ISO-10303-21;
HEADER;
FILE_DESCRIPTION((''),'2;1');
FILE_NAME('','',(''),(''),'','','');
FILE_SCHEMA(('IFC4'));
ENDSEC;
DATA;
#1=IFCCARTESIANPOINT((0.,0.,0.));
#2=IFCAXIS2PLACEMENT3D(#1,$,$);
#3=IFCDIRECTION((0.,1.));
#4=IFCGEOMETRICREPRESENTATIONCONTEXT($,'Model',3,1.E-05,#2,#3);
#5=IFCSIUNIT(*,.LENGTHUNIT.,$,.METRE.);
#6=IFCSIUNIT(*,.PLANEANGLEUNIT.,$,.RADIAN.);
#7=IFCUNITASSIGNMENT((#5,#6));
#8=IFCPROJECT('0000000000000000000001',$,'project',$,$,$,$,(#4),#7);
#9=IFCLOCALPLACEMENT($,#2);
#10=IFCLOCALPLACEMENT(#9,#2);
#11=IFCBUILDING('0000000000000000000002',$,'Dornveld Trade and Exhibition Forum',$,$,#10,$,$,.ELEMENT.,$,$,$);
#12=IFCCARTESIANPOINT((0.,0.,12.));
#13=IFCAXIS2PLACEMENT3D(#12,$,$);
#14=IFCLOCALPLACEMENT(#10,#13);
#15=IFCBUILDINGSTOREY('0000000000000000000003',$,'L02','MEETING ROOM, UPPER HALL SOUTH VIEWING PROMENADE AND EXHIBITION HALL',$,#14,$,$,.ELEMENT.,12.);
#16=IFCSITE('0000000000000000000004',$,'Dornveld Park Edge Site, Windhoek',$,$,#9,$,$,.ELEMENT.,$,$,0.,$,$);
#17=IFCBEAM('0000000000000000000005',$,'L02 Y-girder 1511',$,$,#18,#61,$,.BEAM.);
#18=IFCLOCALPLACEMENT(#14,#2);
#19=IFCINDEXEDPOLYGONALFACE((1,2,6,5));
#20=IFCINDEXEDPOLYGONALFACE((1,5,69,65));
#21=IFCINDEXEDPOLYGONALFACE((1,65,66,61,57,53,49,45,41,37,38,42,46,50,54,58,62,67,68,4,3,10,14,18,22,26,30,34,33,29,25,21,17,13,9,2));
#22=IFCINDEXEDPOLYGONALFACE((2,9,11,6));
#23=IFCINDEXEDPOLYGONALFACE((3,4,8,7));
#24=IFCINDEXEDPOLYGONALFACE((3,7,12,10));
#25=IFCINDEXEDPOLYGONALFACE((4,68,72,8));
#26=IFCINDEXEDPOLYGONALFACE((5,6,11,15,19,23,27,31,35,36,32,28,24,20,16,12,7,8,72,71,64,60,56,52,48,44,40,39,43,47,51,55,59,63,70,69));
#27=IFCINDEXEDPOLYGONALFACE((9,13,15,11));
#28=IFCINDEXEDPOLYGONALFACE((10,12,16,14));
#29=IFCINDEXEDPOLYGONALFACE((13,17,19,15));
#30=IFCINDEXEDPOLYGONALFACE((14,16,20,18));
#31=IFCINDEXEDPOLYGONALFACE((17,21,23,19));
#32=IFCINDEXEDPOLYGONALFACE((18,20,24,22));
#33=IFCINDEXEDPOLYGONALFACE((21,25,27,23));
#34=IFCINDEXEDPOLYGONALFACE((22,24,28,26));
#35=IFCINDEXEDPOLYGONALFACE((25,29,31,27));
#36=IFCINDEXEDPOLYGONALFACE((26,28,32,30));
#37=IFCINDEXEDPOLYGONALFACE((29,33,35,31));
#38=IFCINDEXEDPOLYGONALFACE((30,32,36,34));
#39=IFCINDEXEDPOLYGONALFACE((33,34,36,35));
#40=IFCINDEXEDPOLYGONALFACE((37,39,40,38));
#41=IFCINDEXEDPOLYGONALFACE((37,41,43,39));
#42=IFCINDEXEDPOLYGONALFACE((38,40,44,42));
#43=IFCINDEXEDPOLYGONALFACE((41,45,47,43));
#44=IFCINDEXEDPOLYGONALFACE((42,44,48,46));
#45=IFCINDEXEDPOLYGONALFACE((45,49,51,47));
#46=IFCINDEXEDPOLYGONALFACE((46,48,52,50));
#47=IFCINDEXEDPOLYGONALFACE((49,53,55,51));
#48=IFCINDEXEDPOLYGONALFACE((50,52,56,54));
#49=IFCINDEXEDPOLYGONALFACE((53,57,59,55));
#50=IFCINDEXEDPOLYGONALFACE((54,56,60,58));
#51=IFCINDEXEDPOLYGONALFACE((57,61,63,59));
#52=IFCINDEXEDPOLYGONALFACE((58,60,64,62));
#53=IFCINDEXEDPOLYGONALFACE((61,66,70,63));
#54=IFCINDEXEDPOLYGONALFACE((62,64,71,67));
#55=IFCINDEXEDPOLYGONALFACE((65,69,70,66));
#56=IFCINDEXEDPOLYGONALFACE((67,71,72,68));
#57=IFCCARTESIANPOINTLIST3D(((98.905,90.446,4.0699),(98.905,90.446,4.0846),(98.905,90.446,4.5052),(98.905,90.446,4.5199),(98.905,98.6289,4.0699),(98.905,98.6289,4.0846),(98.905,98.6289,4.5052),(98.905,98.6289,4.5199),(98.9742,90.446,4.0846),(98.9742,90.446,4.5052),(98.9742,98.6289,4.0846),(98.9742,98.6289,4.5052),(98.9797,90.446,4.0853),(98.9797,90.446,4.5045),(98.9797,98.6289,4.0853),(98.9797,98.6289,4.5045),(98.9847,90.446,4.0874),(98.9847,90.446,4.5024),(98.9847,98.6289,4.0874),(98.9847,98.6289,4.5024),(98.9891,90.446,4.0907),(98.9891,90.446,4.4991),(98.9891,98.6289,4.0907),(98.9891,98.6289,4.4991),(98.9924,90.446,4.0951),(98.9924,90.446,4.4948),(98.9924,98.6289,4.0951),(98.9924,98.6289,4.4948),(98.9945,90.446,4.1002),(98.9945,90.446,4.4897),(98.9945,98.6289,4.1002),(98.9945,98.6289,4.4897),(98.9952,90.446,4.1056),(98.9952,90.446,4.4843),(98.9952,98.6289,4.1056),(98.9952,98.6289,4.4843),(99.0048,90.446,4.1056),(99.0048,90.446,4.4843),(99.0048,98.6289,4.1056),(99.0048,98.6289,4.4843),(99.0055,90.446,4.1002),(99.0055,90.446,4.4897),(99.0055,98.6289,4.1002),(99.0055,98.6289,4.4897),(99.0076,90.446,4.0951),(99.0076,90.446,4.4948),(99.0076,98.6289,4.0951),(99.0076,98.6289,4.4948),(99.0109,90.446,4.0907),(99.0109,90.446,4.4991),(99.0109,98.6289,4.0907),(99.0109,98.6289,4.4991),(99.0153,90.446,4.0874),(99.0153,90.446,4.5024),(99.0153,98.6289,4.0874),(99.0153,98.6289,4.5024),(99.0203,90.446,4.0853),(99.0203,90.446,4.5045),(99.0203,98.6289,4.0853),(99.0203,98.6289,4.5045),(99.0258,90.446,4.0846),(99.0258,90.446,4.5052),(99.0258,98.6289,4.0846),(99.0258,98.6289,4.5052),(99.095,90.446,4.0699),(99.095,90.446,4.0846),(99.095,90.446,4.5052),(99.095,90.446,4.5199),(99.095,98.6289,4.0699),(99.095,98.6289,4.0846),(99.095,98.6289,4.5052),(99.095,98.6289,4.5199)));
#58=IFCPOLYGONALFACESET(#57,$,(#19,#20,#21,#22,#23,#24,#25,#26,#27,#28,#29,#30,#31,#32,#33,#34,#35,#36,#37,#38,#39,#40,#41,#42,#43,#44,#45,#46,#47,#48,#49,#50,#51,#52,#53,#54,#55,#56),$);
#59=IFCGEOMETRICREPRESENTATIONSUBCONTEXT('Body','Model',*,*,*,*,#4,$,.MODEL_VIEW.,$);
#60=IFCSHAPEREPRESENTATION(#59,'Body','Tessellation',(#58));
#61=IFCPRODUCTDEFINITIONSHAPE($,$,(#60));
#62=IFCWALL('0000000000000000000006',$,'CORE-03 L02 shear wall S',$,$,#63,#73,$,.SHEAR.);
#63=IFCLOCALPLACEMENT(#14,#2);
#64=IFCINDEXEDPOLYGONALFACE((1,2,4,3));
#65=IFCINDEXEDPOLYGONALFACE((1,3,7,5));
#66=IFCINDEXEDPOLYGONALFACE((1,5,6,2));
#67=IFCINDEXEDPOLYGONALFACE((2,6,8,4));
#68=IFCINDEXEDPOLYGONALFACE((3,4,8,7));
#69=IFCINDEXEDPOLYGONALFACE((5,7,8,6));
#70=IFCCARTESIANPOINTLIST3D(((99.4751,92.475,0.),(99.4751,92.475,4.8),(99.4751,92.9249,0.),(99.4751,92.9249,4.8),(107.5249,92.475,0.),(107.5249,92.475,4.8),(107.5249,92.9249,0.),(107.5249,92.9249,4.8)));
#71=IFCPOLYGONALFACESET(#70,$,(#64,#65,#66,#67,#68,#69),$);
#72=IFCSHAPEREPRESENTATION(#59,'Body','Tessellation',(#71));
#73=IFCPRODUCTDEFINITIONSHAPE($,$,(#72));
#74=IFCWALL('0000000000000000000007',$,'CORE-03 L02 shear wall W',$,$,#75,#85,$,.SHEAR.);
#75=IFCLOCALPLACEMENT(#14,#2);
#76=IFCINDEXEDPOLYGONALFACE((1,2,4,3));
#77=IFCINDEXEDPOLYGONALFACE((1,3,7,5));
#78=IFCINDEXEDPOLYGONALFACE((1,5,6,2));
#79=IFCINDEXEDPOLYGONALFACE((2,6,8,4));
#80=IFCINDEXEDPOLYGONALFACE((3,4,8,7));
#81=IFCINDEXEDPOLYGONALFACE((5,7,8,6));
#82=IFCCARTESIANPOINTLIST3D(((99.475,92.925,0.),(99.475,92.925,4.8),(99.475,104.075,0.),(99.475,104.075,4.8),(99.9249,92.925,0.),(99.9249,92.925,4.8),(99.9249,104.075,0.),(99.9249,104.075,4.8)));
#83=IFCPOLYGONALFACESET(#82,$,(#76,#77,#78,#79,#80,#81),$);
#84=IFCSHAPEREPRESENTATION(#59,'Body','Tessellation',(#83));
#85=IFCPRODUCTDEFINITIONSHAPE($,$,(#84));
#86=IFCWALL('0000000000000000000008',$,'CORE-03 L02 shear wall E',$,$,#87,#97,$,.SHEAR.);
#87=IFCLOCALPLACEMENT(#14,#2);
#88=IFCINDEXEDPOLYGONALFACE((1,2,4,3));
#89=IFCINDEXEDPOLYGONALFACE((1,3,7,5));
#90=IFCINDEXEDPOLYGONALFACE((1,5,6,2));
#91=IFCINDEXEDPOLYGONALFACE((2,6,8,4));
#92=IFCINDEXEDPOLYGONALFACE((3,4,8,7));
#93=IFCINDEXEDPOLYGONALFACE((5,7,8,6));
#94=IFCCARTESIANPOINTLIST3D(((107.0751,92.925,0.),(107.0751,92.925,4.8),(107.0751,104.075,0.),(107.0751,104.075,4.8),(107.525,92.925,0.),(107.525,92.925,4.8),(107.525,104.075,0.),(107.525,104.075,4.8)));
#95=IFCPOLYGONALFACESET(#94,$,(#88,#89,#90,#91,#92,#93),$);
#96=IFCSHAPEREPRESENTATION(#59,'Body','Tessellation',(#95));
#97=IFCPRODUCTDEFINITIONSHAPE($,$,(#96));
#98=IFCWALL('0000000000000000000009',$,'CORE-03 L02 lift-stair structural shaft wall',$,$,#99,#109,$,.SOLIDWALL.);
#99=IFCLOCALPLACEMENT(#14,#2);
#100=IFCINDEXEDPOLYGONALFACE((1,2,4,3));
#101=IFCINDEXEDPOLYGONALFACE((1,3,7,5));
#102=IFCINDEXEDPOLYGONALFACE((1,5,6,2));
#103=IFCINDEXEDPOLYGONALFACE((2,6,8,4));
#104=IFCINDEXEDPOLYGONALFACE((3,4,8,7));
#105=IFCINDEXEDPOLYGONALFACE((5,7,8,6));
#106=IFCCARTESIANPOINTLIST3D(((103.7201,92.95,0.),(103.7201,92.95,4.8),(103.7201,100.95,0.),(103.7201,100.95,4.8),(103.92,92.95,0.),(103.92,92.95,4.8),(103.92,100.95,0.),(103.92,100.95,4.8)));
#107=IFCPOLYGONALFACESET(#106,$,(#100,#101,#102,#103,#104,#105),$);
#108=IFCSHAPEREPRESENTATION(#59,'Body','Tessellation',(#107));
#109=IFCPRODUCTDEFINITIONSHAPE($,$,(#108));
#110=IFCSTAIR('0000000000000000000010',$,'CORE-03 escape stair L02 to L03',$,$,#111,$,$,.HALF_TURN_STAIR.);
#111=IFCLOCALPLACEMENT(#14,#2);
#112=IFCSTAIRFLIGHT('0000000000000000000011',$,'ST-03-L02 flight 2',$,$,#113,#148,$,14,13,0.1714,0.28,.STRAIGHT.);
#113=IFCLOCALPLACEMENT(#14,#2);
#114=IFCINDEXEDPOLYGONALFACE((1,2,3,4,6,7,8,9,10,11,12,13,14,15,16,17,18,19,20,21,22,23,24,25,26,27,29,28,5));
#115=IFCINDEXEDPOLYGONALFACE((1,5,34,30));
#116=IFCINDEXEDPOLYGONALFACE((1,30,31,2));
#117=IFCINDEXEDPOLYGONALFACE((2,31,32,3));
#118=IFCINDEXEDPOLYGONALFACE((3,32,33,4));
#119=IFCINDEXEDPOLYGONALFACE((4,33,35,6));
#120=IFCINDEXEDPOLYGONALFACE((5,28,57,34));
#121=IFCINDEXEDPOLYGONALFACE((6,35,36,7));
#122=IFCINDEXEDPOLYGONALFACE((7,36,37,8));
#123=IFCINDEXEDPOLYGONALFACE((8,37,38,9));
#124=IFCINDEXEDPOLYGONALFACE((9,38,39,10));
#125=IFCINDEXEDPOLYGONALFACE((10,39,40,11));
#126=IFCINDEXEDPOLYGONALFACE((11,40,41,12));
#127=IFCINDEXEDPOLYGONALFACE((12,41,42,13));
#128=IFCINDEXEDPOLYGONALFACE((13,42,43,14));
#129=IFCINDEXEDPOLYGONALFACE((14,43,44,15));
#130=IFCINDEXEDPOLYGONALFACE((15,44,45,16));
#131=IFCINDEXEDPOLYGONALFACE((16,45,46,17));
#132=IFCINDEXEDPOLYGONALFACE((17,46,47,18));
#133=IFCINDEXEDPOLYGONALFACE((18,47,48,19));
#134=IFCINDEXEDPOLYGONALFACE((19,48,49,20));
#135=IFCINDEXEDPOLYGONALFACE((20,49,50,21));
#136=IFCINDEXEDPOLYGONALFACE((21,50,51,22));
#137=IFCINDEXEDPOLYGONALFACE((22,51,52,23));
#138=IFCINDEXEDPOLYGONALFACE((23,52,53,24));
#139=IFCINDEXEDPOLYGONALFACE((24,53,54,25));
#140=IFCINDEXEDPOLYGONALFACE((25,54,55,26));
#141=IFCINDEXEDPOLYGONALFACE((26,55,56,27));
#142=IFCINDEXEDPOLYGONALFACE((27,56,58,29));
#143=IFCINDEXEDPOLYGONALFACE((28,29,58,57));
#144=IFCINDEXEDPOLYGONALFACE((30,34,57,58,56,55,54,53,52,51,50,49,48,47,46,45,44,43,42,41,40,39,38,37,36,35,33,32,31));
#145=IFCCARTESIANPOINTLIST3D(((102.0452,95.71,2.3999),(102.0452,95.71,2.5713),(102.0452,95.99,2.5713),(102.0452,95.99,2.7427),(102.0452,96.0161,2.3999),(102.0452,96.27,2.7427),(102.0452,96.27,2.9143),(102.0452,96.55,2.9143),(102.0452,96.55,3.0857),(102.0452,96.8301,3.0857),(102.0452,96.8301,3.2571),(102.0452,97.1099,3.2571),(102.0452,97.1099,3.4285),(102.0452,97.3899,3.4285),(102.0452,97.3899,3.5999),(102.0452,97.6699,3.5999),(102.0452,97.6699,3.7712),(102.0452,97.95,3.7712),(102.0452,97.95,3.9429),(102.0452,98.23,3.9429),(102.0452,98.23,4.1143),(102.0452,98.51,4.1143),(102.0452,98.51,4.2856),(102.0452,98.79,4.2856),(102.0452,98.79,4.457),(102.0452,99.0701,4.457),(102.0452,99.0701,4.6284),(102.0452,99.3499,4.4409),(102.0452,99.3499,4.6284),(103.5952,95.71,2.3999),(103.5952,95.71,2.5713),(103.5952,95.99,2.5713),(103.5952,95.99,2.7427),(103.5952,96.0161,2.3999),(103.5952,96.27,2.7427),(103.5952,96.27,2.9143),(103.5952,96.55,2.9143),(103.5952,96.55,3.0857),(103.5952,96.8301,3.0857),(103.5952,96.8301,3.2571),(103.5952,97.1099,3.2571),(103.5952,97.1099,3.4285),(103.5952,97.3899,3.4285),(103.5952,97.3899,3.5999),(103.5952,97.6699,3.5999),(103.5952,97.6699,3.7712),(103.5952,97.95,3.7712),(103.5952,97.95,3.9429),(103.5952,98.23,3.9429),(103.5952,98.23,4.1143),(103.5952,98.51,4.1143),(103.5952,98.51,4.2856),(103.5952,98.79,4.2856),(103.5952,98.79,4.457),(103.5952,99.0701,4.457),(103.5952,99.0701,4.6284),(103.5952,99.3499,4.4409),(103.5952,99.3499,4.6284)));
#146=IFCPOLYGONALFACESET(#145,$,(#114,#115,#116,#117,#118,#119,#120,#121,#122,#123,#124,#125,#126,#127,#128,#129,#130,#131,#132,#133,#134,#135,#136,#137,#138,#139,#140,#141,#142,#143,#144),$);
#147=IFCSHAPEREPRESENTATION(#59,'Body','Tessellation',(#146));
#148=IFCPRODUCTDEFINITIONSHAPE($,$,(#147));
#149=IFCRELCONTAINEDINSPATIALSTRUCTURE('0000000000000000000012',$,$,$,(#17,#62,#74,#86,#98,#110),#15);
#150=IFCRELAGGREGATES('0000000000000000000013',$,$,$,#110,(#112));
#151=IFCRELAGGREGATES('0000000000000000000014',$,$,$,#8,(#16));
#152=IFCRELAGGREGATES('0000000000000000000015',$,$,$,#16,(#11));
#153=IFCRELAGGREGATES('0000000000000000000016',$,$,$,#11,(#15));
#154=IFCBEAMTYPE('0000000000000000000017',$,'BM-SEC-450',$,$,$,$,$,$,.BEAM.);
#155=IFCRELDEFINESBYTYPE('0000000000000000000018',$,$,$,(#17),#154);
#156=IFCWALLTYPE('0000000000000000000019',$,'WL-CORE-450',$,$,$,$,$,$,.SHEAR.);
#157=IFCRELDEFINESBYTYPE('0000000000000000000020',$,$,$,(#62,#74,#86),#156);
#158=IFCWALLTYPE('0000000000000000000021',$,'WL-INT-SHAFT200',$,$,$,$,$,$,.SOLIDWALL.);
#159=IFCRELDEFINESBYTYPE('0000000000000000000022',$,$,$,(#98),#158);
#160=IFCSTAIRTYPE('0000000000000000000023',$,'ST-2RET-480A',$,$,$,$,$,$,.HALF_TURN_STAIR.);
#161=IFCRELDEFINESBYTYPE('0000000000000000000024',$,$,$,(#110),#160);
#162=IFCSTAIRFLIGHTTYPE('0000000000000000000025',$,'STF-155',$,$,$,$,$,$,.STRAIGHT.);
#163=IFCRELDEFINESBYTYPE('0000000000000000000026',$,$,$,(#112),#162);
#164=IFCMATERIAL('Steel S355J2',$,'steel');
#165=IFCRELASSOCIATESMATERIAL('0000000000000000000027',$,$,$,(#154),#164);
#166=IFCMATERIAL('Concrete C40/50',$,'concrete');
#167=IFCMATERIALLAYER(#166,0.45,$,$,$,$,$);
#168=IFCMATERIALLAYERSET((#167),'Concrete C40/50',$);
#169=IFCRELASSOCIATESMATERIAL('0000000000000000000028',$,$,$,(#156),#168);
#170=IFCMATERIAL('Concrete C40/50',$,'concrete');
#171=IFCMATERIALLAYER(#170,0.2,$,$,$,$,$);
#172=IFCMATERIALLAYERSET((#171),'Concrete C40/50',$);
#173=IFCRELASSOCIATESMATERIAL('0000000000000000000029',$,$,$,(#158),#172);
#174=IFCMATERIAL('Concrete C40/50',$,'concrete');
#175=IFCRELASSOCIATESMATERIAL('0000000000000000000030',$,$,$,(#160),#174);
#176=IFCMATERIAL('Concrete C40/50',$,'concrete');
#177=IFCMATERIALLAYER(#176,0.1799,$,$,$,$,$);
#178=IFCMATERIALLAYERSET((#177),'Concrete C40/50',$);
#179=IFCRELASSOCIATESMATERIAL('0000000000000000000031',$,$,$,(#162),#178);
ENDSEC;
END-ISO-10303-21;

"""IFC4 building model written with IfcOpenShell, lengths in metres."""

from ifc_helpers import new_model, si_unit, direction, frame, frame_2d, origin, origin_2d, place, context, subcontext, project, spatial, polyline, rectangle, i_section, outline, extrude, material, layer, layer_set, material_profile, profile_set, type_object, element, aggregate, save


model = new_model("IFC4")

# Units and contexts
model_context = context("Model", 3, precision=1e-05, world=origin(), true_north=direction((0.0, 1.0)))
body_context = subcontext(model_context, "Body", "Model", "MODEL_VIEW")
ifc_project = project(units=[si_unit("LENGTHUNIT", "METRE"), si_unit("PLANEANGLEUNIT", "RADIAN")], contexts=[model_context])

# Site, building, storey
site_placement = place(None, origin())
site = spatial("IfcSite", under=ifc_project, at=site_placement, Name="Dornveld Park Edge Site, Windhoek", CompositionType="ELEMENT", RefElevation=0.0)
building_placement = place(site_placement, origin())
building = spatial("IfcBuilding", under=site, at=building_placement, Name="Dornveld Trade and Exhibition Forum", CompositionType="ELEMENT")
storey_placement = place(building_placement, frame((0.0, 0.0, 12.0)))
storey = spatial("IfcBuildingStorey", under=building, at=storey_placement, Name="L02", Description="MEETING ROOM, UPPER HALL SOUTH VIEWING PROMENADE AND EXHIBITION HALL", CompositionType="ELEMENT", Elevation=12.0)

# Beam
ifc_material_1 = material(Name="Steel S355J2", Category="steel")
ifc_material_profile_1 = material_profile(ifc_material_1, i_section(OverallWidth=0.1899, OverallDepth=0.45, WebThickness=0.0095, FlangeThickness=0.0146, FilletRadius=0.021, at=origin_2d()), Name="IPE 450")
ifc_profile_set_1 = profile_set([ifc_material_profile_1], Name="Steel S355J2")
beam_type_1 = type_object("IfcBeamType", Name="BM-SEC-450", PredefinedType="BEAM", material=ifc_profile_set_1)
beam_placement = place(storey_placement, frame((99.0, 90.446, 4.2949), z_axis=(0.0, 1.0, 0.0), x_axis=(-1.0, 0.0, 0.0)))
element("IfcBeam", 1, at=beam_placement, inside=storey, type_object=beam_type_1, Name="L02 Y-girder 1511", PredefinedType="BEAM", context=body_context, shape_type="SweptSolid", body=[
    extrude(i_section(OverallWidth=0.1899, OverallDepth=0.45, WebThickness=0.0095, FlangeThickness=0.0146, FilletRadius=0.021, at=origin_2d()), origin(), (0.0, 0.0, 1.0), 8.1829),
])

# Walls
ifc_material_2 = material(Name="Concrete C40/50", Category="concrete")
ifc_layer_1 = layer(ifc_material_2, 0.45)
ifc_layer_set_1 = layer_set([ifc_layer_1], Name="Concrete C40/50")
wall_type_1 = type_object("IfcWallType", Name="WL-CORE-450", PredefinedType="SHEAR", material=ifc_layer_set_1)
wall_1_placement = place(storey_placement, frame((99.4751, 92.7, 0.0), z_axis=(0.0, 0.0, 1.0), x_axis=(1.0, 0.0, 0.0)))
element("IfcWall", 2, at=wall_1_placement, inside=storey, type_object=wall_type_1, Name="CORE-03 L02 shear wall S", PredefinedType="SHEAR", context=body_context, shape_type="SweptSolid", body=[
    extrude(rectangle(XDim=8.0498, YDim=0.45, at=frame_2d((4.0249, 0.0))), origin(), (0.0, 0.0, 1.0), 4.8),
])
for number, where, z_axis, x_axis, name in (
    (3, (99.7, 92.925, 0.0), (0.0, 0.0, 1.0), (0.0, 1.0, 0.0), "CORE-03 L02 shear wall W"),
    (4, (107.3, 92.925, 0.0), (0.0, 0.0, 1.0), (0.0, 1.0, 0.0), "CORE-03 L02 shear wall E"),
):
    element("IfcWall", number, at=place(storey_placement, frame(where, z_axis=z_axis, x_axis=x_axis)), inside=storey, type_object=wall_type_1, Name=name, PredefinedType="SHEAR", context=body_context, shape_type="SweptSolid", body=[
        extrude(rectangle(XDim=11.1499, YDim=0.45, at=frame_2d((5.575, 0.0))), origin(), (0.0, 0.0, 1.0), 4.8),
    ])
ifc_material_3 = material(Name="Concrete C40/50", Category="concrete")
ifc_layer_2 = layer(ifc_material_3, 0.2)
ifc_layer_set_2 = layer_set([ifc_layer_2], Name="Concrete C40/50")
wall_type_2 = type_object("IfcWallType", Name="WL-INT-SHAFT200", PredefinedType="SOLIDWALL", material=ifc_layer_set_2)
wall_2_placement = place(storey_placement, frame((103.8201, 92.95, 0.0), z_axis=(0.0, 0.0, 1.0), x_axis=(0.0, 1.0, 0.0)))
element("IfcWall", 5, at=wall_2_placement, inside=storey, type_object=wall_type_2, Name="CORE-03 L02 lift-stair structural shaft wall", PredefinedType="SOLIDWALL", context=body_context, shape_type="SweptSolid", body=[
    extrude(rectangle(XDim=8.0, YDim=0.2, at=frame_2d((4.0, 0.0))), origin(), (0.0, 0.0, 1.0), 4.8),
])

# Stair, stair flight
ifc_material_4 = material(Name="Concrete C40/50", Category="concrete")
stair_type = type_object("IfcStairType", Name="ST-2RET-480A", PredefinedType="HALF_TURN_STAIR", material=ifc_material_4)
stair_placement = place(storey_placement, origin())
stair = element("IfcStair", 6, at=stair_placement, inside=storey, type_object=stair_type, Name="CORE-03 escape stair L02 to L03", PredefinedType="HALF_TURN_STAIR")
ifc_material_5 = material(Name="Concrete C40/50", Category="concrete")
ifc_layer_3 = layer(ifc_material_5, 0.1799)
ifc_layer_set_3 = layer_set([ifc_layer_3], Name="Concrete C40/50")
stair_flight_type = type_object("IfcStairFlightType", Name="STF-155", PredefinedType="STRAIGHT", material=ifc_layer_set_3)
stair_flight_placement = place(storey_placement, frame((102.8201, 95.71, 2.3999), z_axis=(0.0, 0.0, 1.0), x_axis=(0.0, 1.0, 0.0)))
stair_flight = element("IfcStairFlight", 7, at=stair_flight_placement, type_object=stair_flight_type, Name="ST-03-L02 flight 2", NumberOfRisers=14, NumberOfTreads=13, PredefinedType="STRAIGHT", RiserHeight=0.1714, TreadLength=0.28, context=body_context, shape_type="SweptSolid", body=[
    extrude(outline(polyline([(0.0, 0.0), (0.0, 0.1714), (0.28, 0.1714), (0.28, 0.3428), (0.5601, 0.3428), (0.5601, 0.5144), (0.8401, 0.5144), (0.8401, 0.6858), (1.1201, 0.6858), (1.1201, 0.8572), (1.3999, 0.8572), (1.3999, 1.0286), (1.6799, 1.0286), (1.6799, 1.2), (1.96, 1.2), (1.96, 1.3713), (2.24, 1.3713), (2.24, 1.543), (2.52, 1.543), (2.52, 1.7144), (2.8, 1.7144), (2.8, 1.8857), (3.0801, 1.8857), (3.0801, 2.0571), (3.3601, 2.0571), (3.3601, 2.2285), (3.6399, 2.2285), (3.6399, 2.3999), (3.6399, 2.041), (0.3062, 0.0), (0.0, 0.0)])), frame((0.0, 0.7749, 0.0), z_axis=(0.0, -1.0, 0.0), x_axis=(1.0, 0.0, 0.0)), (0.0, 0.0, 1.0), 1.55),
])
aggregate(stair, [stair_flight])

save(model, "model.ifc")
